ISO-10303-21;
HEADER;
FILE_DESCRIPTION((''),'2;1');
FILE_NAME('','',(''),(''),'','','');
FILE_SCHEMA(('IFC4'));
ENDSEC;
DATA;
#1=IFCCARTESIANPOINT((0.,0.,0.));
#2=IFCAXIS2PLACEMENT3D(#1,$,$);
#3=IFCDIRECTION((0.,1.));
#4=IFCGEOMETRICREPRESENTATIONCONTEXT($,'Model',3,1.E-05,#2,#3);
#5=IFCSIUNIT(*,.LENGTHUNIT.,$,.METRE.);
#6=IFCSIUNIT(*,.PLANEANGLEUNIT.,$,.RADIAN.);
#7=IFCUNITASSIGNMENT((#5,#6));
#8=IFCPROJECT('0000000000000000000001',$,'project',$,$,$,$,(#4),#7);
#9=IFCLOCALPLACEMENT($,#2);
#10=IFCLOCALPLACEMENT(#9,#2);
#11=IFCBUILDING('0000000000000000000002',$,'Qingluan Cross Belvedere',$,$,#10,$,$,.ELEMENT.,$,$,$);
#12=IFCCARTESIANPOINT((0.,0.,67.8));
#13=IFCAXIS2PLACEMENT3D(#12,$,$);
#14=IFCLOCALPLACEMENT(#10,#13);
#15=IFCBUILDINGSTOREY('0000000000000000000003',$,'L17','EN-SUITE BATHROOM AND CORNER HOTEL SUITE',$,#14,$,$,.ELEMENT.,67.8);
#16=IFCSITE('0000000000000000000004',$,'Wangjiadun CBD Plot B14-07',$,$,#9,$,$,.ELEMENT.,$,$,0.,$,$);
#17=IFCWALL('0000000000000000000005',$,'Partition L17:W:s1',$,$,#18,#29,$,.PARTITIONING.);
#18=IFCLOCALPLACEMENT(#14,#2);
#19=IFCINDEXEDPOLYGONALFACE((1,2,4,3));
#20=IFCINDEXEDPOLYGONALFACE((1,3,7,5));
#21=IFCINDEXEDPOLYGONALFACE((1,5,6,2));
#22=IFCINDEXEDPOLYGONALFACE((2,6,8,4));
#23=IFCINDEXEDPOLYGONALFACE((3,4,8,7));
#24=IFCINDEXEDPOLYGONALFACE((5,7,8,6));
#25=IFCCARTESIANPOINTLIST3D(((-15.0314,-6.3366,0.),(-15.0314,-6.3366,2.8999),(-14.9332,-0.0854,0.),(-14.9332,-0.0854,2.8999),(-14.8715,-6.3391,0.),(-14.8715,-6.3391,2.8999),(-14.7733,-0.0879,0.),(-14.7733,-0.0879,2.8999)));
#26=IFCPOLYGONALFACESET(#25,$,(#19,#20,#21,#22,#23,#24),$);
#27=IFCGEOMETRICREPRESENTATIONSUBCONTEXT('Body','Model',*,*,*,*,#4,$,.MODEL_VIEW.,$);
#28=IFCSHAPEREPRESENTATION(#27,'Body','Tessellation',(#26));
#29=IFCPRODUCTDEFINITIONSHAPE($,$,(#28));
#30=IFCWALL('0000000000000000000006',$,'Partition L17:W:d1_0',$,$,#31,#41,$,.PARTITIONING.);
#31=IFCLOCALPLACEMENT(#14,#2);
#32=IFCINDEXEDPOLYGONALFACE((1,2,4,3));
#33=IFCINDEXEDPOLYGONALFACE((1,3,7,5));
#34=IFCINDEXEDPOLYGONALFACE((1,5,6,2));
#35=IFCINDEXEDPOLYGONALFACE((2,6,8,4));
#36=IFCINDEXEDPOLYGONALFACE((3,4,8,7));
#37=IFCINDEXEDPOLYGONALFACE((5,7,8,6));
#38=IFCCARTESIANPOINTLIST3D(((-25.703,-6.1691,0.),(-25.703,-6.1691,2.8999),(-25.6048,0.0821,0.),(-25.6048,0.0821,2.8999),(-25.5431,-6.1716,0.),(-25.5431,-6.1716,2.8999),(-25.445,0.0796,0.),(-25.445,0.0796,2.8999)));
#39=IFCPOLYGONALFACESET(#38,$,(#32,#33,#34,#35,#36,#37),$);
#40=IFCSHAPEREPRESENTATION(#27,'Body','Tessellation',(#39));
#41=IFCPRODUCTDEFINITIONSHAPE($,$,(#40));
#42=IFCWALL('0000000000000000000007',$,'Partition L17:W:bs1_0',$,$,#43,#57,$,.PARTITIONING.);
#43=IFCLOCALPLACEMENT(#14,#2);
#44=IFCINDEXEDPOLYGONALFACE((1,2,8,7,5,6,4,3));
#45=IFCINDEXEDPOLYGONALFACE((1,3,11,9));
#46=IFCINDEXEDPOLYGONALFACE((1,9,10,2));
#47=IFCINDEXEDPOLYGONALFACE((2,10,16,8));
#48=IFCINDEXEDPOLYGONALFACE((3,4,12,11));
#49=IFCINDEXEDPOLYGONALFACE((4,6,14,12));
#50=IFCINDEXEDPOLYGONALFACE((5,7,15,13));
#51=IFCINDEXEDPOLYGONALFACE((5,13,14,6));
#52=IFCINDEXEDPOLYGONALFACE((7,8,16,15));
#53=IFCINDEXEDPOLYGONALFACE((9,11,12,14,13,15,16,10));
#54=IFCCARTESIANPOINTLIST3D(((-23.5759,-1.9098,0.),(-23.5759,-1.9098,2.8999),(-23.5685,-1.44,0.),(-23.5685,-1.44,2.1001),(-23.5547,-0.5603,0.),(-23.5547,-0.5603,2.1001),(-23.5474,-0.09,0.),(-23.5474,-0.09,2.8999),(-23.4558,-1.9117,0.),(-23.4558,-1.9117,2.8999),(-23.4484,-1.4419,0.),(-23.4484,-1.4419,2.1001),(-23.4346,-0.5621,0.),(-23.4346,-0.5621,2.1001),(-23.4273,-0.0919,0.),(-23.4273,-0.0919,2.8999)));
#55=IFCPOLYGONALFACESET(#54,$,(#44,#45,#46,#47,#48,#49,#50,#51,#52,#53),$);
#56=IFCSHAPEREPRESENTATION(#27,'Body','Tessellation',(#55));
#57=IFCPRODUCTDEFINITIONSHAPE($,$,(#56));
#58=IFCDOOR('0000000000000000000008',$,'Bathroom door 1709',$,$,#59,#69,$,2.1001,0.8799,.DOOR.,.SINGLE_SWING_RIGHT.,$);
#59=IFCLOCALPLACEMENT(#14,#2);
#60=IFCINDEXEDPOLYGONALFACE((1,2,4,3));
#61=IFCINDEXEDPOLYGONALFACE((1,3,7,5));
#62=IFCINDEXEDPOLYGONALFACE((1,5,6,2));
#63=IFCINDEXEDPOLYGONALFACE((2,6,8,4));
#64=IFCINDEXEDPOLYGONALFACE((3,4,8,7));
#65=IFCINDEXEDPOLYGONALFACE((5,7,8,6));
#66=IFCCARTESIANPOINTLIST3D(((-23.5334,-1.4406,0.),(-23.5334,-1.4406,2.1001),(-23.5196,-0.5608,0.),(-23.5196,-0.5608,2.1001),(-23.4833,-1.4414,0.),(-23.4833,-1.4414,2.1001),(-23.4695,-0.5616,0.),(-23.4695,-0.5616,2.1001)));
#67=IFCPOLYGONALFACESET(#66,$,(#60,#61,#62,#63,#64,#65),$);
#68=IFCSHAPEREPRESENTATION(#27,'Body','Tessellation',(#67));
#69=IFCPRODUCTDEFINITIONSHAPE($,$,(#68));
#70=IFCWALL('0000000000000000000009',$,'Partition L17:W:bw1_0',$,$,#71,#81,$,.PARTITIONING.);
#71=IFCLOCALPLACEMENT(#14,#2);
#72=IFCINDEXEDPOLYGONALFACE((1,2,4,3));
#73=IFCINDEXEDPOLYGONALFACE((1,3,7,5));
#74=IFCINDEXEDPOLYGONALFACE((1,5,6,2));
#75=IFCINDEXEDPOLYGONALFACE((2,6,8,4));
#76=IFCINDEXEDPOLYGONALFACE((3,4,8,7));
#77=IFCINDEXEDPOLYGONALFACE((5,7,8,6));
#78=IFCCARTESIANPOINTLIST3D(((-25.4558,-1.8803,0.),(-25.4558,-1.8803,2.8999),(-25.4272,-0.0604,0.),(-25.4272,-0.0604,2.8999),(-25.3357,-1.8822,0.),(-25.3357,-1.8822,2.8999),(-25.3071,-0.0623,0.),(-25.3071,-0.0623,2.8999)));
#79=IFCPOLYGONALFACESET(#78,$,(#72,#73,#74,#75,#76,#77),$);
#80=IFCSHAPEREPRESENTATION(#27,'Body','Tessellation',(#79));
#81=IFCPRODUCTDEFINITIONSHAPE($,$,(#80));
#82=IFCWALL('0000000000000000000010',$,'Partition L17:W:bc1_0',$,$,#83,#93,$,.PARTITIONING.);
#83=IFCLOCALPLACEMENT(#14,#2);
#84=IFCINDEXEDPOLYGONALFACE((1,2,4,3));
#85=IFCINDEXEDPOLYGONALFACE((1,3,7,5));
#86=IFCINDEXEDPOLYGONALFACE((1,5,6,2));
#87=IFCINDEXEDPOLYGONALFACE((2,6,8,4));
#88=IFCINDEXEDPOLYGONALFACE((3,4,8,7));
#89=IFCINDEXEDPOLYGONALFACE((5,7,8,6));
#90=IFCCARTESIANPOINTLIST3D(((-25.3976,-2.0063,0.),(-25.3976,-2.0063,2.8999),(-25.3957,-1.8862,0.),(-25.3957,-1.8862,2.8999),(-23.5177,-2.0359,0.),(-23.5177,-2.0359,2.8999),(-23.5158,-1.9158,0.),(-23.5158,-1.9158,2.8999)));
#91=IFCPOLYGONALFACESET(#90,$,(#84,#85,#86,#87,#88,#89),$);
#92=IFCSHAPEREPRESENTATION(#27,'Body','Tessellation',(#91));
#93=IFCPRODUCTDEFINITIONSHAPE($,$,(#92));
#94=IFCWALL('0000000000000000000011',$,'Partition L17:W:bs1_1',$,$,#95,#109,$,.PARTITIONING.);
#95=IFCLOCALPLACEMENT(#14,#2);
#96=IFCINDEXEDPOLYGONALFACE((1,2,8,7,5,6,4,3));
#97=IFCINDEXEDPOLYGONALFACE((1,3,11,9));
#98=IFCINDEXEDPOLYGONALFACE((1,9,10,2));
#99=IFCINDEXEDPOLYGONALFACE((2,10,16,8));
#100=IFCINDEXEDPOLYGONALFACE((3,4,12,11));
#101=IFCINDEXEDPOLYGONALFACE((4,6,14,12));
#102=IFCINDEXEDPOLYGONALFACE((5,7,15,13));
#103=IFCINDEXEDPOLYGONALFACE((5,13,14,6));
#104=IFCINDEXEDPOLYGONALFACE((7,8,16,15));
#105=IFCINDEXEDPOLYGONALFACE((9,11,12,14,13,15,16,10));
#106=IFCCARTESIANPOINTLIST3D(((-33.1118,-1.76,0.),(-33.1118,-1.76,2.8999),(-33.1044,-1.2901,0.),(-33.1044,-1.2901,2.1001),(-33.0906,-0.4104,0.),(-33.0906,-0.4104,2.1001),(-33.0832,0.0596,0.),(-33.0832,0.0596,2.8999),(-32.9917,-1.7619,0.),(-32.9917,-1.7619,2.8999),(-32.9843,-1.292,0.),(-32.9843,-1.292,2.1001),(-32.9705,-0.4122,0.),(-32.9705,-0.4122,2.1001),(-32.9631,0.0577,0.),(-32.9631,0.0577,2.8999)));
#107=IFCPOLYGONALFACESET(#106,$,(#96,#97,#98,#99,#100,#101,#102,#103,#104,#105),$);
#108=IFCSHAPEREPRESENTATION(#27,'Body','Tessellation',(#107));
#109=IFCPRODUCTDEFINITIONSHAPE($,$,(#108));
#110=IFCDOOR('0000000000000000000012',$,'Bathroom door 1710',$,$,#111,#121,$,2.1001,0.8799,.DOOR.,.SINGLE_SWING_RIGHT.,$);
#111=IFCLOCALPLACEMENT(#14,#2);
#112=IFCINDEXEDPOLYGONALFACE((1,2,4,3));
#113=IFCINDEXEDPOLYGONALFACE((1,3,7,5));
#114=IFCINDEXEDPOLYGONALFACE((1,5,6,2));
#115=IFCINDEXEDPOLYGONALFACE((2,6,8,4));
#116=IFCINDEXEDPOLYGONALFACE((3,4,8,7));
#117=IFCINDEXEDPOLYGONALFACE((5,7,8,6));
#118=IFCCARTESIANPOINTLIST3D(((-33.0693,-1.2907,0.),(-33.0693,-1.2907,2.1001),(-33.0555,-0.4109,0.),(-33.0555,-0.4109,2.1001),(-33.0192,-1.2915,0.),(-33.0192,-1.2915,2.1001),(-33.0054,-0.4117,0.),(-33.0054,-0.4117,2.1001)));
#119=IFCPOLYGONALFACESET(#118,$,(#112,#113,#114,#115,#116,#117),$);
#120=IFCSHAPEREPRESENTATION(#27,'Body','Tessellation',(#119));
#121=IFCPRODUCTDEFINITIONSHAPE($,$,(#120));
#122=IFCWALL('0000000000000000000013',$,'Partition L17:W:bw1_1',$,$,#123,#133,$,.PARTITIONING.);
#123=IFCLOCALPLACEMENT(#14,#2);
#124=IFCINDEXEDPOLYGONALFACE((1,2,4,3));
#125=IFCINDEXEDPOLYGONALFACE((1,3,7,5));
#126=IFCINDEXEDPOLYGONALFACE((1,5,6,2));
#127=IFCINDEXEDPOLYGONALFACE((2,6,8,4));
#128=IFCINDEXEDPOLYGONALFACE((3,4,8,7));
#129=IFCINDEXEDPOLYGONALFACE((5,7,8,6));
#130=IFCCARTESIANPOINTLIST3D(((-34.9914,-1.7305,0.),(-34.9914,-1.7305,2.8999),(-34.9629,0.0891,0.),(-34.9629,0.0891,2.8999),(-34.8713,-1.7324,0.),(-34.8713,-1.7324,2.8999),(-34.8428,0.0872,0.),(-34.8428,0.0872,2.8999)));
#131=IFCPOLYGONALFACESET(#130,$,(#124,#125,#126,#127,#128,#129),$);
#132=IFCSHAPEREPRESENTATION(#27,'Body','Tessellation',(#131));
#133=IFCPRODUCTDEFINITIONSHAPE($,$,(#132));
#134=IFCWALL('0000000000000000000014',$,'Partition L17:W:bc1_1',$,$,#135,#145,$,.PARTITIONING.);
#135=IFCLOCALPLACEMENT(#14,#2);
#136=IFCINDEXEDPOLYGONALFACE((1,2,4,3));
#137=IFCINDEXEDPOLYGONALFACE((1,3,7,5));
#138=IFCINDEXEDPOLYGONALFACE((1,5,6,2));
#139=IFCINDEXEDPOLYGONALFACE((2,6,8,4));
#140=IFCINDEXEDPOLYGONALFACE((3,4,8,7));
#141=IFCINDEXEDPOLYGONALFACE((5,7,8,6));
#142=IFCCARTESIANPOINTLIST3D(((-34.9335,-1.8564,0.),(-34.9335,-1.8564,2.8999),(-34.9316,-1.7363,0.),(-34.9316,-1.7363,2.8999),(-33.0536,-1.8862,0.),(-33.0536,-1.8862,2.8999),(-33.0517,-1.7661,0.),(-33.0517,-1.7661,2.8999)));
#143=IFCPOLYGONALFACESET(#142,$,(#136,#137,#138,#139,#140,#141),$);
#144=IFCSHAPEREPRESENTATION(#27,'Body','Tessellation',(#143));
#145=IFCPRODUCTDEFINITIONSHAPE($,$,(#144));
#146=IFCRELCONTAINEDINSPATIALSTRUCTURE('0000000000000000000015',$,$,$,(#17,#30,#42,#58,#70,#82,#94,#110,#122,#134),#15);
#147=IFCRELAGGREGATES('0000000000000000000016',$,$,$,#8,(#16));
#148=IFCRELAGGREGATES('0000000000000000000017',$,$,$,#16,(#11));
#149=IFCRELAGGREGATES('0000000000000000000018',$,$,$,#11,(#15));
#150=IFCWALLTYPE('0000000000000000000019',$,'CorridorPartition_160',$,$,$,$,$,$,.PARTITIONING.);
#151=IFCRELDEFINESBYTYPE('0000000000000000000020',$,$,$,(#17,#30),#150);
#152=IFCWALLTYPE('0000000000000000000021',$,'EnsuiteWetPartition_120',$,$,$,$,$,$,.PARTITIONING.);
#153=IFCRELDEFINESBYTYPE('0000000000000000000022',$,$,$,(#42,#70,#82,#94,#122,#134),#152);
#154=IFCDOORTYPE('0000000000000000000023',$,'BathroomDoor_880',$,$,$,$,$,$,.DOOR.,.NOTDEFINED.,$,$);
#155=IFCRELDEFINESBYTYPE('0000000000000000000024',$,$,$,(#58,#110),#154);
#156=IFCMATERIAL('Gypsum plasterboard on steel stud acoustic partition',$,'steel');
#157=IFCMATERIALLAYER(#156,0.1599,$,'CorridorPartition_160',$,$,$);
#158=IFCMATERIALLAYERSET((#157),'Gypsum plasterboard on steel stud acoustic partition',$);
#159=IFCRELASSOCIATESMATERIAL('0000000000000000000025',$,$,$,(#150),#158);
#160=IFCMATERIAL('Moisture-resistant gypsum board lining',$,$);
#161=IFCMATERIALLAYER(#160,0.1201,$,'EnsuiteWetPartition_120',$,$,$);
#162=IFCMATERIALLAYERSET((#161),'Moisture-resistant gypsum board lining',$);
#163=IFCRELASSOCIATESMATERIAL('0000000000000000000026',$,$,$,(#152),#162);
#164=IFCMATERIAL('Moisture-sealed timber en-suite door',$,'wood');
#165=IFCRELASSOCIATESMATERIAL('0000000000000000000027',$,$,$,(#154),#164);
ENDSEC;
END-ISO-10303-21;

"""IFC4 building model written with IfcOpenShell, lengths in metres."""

from ifc_helpers import new_model, si_unit, direction, frame, frame_2d, origin, place, context, subcontext, project, spatial, rectangle, extrude, material, layer, layer_set, type_object, element, fill, save


model = new_model("IFC4")

# Units and contexts
model_context = context("Model", 3, precision=1e-05, world=origin(), true_north=direction((0.0, 1.0)))
body_context = subcontext(model_context, "Body", "Model", "MODEL_VIEW")
ifc_project = project(units=[si_unit("LENGTHUNIT", "METRE"), si_unit("PLANEANGLEUNIT", "RADIAN")], contexts=[model_context])

# Site, building, storey
site_placement = place(None, origin())
site = spatial("IfcSite", under=ifc_project, at=site_placement, Name="Wangjiadun CBD Plot B14-07", CompositionType="ELEMENT", RefElevation=0.0)
building_placement = place(site_placement, origin())
building = spatial("IfcBuilding", under=site, at=building_placement, Name="Qingluan Cross Belvedere", CompositionType="ELEMENT")
storey_placement = place(building_placement, frame((0.0, 0.0, 67.8)))
storey = spatial("IfcBuildingStorey", under=building, at=storey_placement, Name="L17", Description="EN-SUITE BATHROOM AND CORNER HOTEL SUITE", CompositionType="ELEMENT", Elevation=67.8)

# Shared definitions
ifc_material_1 = material(Name="Gypsum plasterboard on steel stud acoustic partition", Category="steel")
ifc_layer_1 = layer(ifc_material_1, 0.1599, Name="CorridorPartition_160")
ifc_layer_set_1 = layer_set([ifc_layer_1], Name="Gypsum plasterboard on steel stud acoustic partition")
wall_type_1 = type_object("IfcWallType", Name="CorridorPartition_160", PredefinedType="PARTITIONING", material=ifc_layer_set_1)

# Walls
for number, where, z_axis, x_axis, name in (
    (1, (-14.8533, -0.0867, 0.0), (0.0, 0.0, 1.0), (-0.015698, -0.999877, 0.0), "Partition L17:W:s1"),
    (2, (-25.5249, 0.0808, 0.0), (0.0, 0.0, 1.0), (-0.015698, -0.999877, 0.0), "Partition L17:W:d1_0"),
):
    element("IfcWall", number, at=place(storey_placement, frame(where, z_axis=z_axis, x_axis=x_axis)), inside=storey, type_object=wall_type_1, Name=name, PredefinedType="PARTITIONING", context=body_context, shape_type="SweptSolid", body=[
        extrude(rectangle(XDim=6.252, YDim=0.1599, at=frame_2d((3.126, 0.0))), origin(), (0.0, 0.0, 1.0), 2.8999),
    ])

# Wall, opening, door
ifc_material_2 = material(Name="Moisture-resistant gypsum board lining")
ifc_layer_2 = layer(ifc_material_2, 0.1201, Name="EnsuiteWetPartition_120")
ifc_layer_set_2 = layer_set([ifc_layer_2], Name="Moisture-resistant gypsum board lining")
wall_type_2 = type_object("IfcWallType", Name="EnsuiteWetPartition_120", PredefinedType="PARTITIONING", material=ifc_layer_set_2)
wall_1_placement = place(storey_placement, frame((-23.5159, -1.9109, 0.0), z_axis=(0.0, 0.0, 1.0), x_axis=(0.015694, 0.999877, 0.0)))
wall_1 = element("IfcWall", 3, at=wall_1_placement, inside=storey, type_object=wall_type_2, Name="Partition L17:W:bs1_0", PredefinedType="PARTITIONING", context=body_context, shape_type="SweptSolid", body=[
    extrude(rectangle(XDim=1.8201, YDim=0.1201, at=frame_2d((0.9102, 0.0))), origin(), (0.0, 0.0, 1.0), 2.8999),
])
opening_1_placement = place(wall_1_placement, frame((0.47, 0.0, 0.0)))
opening_1 = element("IfcOpeningElement", 4, at=opening_1_placement, cuts=wall_1, PredefinedType="OPENING", context=body_context, shape_type="SweptSolid", body=[
    extrude(rectangle(XDim=0.8799, YDim=2.1001, at=frame_2d((0.4399, 1.05))), frame((0.0, 0.0701, 0.0), z_axis=(0.0, -1.0, 0.0), x_axis=(1.0, 0.0, 0.0)), (0.0, 0.0, 1.0), 0.1401),
])
ifc_material_3 = material(Name="Moisture-sealed timber en-suite door", Category="wood")
door_type_1 = type_object("IfcDoorType", Name="BathroomDoor_880", OperationType="NOTDEFINED", PredefinedType="DOOR", material=ifc_material_3)
door_1_placement = place(opening_1_placement, origin())
door_1 = element("IfcDoor", 5, at=door_1_placement, inside=storey, type_object=door_type_1, Name="Bathroom door 1709", OperationType="SINGLE_SWING_RIGHT", OverallHeight=2.1001, OverallWidth=0.8799, PredefinedType="DOOR", context=body_context, shape_type="SweptSolid", body=[
    extrude(rectangle(XDim=0.8799, YDim=2.1001, at=frame_2d((0.4399, 1.05))), frame((0.0, 0.0249, 0.0), z_axis=(0.0, -1.0, 0.0), x_axis=(1.0, 0.0, 0.0)), (0.0, 0.0, 1.0), 0.05),
])
fill(opening_1, door_1)

# Walls
wall_2_placement = place(storey_placement, frame((-25.3958, -1.8813, 0.0), z_axis=(0.0, 0.0, 1.0), x_axis=(0.015694, 0.999877, 0.0)))
element("IfcWall", 6, at=wall_2_placement, inside=storey, type_object=wall_type_2, Name="Partition L17:W:bw1_0", PredefinedType="PARTITIONING", context=body_context, shape_type="SweptSolid", body=[
    extrude(rectangle(XDim=1.8201, YDim=0.1201, at=frame_2d((0.9102, 0.0))), origin(), (0.0, 0.0, 1.0), 2.8999),
])
wall_3_placement = place(storey_placement, frame((-23.5168, -1.9758, 0.0), z_axis=(0.0, 0.0, 1.0), x_axis=(-0.999877, 0.015712, 0.0)))
element("IfcWall", 7, at=wall_3_placement, inside=storey, type_object=wall_type_2, Name="Partition L17:W:bc1_0", PredefinedType="PARTITIONING", context=body_context, shape_type="SweptSolid", body=[
    extrude(rectangle(XDim=1.8801, YDim=0.1201, at=frame_2d((0.9399, 0.0))), origin(), (0.0, 0.0, 1.0), 2.8999),
])

# Wall, opening, door
wall_4_placement = place(storey_placement, frame((-33.0518, -1.761, 0.0), z_axis=(0.0, 0.0, 1.0), x_axis=(0.015696, 0.999877, 0.0)))
wall_4 = element("IfcWall", 8, at=wall_4_placement, inside=storey, type_object=wall_type_2, Name="Partition L17:W:bs1_1", PredefinedType="PARTITIONING", context=body_context, shape_type="SweptSolid", body=[
    extrude(rectangle(XDim=1.8198, YDim=0.1201, at=frame_2d((0.9099, 0.0))), origin(), (0.0, 0.0, 1.0), 2.8999),
])
opening_2_placement = place(wall_4_placement, frame((0.47, 0.0, 0.0)))
opening_2 = element("IfcOpeningElement", 9, at=opening_2_placement, cuts=wall_4, PredefinedType="OPENING", context=body_context, shape_type="SweptSolid", body=[
    extrude(rectangle(XDim=0.8799, YDim=2.1001, at=frame_2d((0.4399, 1.05))), frame((0.0, 0.0701, 0.0), z_axis=(0.0, -1.0, 0.0), x_axis=(1.0, 0.0, 0.0)), (0.0, 0.0, 1.0), 0.1401),
])
door_2_placement = place(opening_2_placement, origin())
door_2 = element("IfcDoor", 10, at=door_2_placement, inside=storey, type_object=door_type_1, Name="Bathroom door 1710", OperationType="SINGLE_SWING_RIGHT", OverallHeight=2.1001, OverallWidth=0.8799, PredefinedType="DOOR", context=body_context, shape_type="SweptSolid", body=[
    extrude(rectangle(XDim=0.8799, YDim=2.1001, at=frame_2d((0.4399, 1.05))), frame((0.0, 0.0249, 0.0), z_axis=(0.0, -1.0, 0.0), x_axis=(1.0, 0.0, 0.0)), (0.0, 0.0, 1.0), 0.05),
])
fill(opening_2, door_2)

# Walls
wall_5_placement = place(storey_placement, frame((-34.9314, -1.7314, 0.0), z_axis=(0.0, 0.0, 1.0), x_axis=(0.015696, 0.999877, 0.0)))
element("IfcWall", 11, at=wall_5_placement, inside=storey, type_object=wall_type_2, Name="Partition L17:W:bw1_1", PredefinedType="PARTITIONING", context=body_context, shape_type="SweptSolid", body=[
    extrude(rectangle(XDim=1.8198, YDim=0.1201, at=frame_2d((0.9099, 0.0))), origin(), (0.0, 0.0, 1.0), 2.8999),
])
wall_6_placement = place(storey_placement, frame((-33.0527, -1.8262, 0.0), z_axis=(0.0, 0.0, 1.0), x_axis=(-0.999875, 0.015842, 0.0)))
element("IfcWall", 12, at=wall_6_placement, inside=storey, type_object=wall_type_2, Name="Partition L17:W:bc1_1", PredefinedType="PARTITIONING", context=body_context, shape_type="SweptSolid", body=[
    extrude(rectangle(XDim=1.8801, YDim=0.1201, at=frame_2d((0.9399, 0.0))), origin(), (0.0, 0.0, 1.0), 2.8999),
])

save(model, "model.ifc")
